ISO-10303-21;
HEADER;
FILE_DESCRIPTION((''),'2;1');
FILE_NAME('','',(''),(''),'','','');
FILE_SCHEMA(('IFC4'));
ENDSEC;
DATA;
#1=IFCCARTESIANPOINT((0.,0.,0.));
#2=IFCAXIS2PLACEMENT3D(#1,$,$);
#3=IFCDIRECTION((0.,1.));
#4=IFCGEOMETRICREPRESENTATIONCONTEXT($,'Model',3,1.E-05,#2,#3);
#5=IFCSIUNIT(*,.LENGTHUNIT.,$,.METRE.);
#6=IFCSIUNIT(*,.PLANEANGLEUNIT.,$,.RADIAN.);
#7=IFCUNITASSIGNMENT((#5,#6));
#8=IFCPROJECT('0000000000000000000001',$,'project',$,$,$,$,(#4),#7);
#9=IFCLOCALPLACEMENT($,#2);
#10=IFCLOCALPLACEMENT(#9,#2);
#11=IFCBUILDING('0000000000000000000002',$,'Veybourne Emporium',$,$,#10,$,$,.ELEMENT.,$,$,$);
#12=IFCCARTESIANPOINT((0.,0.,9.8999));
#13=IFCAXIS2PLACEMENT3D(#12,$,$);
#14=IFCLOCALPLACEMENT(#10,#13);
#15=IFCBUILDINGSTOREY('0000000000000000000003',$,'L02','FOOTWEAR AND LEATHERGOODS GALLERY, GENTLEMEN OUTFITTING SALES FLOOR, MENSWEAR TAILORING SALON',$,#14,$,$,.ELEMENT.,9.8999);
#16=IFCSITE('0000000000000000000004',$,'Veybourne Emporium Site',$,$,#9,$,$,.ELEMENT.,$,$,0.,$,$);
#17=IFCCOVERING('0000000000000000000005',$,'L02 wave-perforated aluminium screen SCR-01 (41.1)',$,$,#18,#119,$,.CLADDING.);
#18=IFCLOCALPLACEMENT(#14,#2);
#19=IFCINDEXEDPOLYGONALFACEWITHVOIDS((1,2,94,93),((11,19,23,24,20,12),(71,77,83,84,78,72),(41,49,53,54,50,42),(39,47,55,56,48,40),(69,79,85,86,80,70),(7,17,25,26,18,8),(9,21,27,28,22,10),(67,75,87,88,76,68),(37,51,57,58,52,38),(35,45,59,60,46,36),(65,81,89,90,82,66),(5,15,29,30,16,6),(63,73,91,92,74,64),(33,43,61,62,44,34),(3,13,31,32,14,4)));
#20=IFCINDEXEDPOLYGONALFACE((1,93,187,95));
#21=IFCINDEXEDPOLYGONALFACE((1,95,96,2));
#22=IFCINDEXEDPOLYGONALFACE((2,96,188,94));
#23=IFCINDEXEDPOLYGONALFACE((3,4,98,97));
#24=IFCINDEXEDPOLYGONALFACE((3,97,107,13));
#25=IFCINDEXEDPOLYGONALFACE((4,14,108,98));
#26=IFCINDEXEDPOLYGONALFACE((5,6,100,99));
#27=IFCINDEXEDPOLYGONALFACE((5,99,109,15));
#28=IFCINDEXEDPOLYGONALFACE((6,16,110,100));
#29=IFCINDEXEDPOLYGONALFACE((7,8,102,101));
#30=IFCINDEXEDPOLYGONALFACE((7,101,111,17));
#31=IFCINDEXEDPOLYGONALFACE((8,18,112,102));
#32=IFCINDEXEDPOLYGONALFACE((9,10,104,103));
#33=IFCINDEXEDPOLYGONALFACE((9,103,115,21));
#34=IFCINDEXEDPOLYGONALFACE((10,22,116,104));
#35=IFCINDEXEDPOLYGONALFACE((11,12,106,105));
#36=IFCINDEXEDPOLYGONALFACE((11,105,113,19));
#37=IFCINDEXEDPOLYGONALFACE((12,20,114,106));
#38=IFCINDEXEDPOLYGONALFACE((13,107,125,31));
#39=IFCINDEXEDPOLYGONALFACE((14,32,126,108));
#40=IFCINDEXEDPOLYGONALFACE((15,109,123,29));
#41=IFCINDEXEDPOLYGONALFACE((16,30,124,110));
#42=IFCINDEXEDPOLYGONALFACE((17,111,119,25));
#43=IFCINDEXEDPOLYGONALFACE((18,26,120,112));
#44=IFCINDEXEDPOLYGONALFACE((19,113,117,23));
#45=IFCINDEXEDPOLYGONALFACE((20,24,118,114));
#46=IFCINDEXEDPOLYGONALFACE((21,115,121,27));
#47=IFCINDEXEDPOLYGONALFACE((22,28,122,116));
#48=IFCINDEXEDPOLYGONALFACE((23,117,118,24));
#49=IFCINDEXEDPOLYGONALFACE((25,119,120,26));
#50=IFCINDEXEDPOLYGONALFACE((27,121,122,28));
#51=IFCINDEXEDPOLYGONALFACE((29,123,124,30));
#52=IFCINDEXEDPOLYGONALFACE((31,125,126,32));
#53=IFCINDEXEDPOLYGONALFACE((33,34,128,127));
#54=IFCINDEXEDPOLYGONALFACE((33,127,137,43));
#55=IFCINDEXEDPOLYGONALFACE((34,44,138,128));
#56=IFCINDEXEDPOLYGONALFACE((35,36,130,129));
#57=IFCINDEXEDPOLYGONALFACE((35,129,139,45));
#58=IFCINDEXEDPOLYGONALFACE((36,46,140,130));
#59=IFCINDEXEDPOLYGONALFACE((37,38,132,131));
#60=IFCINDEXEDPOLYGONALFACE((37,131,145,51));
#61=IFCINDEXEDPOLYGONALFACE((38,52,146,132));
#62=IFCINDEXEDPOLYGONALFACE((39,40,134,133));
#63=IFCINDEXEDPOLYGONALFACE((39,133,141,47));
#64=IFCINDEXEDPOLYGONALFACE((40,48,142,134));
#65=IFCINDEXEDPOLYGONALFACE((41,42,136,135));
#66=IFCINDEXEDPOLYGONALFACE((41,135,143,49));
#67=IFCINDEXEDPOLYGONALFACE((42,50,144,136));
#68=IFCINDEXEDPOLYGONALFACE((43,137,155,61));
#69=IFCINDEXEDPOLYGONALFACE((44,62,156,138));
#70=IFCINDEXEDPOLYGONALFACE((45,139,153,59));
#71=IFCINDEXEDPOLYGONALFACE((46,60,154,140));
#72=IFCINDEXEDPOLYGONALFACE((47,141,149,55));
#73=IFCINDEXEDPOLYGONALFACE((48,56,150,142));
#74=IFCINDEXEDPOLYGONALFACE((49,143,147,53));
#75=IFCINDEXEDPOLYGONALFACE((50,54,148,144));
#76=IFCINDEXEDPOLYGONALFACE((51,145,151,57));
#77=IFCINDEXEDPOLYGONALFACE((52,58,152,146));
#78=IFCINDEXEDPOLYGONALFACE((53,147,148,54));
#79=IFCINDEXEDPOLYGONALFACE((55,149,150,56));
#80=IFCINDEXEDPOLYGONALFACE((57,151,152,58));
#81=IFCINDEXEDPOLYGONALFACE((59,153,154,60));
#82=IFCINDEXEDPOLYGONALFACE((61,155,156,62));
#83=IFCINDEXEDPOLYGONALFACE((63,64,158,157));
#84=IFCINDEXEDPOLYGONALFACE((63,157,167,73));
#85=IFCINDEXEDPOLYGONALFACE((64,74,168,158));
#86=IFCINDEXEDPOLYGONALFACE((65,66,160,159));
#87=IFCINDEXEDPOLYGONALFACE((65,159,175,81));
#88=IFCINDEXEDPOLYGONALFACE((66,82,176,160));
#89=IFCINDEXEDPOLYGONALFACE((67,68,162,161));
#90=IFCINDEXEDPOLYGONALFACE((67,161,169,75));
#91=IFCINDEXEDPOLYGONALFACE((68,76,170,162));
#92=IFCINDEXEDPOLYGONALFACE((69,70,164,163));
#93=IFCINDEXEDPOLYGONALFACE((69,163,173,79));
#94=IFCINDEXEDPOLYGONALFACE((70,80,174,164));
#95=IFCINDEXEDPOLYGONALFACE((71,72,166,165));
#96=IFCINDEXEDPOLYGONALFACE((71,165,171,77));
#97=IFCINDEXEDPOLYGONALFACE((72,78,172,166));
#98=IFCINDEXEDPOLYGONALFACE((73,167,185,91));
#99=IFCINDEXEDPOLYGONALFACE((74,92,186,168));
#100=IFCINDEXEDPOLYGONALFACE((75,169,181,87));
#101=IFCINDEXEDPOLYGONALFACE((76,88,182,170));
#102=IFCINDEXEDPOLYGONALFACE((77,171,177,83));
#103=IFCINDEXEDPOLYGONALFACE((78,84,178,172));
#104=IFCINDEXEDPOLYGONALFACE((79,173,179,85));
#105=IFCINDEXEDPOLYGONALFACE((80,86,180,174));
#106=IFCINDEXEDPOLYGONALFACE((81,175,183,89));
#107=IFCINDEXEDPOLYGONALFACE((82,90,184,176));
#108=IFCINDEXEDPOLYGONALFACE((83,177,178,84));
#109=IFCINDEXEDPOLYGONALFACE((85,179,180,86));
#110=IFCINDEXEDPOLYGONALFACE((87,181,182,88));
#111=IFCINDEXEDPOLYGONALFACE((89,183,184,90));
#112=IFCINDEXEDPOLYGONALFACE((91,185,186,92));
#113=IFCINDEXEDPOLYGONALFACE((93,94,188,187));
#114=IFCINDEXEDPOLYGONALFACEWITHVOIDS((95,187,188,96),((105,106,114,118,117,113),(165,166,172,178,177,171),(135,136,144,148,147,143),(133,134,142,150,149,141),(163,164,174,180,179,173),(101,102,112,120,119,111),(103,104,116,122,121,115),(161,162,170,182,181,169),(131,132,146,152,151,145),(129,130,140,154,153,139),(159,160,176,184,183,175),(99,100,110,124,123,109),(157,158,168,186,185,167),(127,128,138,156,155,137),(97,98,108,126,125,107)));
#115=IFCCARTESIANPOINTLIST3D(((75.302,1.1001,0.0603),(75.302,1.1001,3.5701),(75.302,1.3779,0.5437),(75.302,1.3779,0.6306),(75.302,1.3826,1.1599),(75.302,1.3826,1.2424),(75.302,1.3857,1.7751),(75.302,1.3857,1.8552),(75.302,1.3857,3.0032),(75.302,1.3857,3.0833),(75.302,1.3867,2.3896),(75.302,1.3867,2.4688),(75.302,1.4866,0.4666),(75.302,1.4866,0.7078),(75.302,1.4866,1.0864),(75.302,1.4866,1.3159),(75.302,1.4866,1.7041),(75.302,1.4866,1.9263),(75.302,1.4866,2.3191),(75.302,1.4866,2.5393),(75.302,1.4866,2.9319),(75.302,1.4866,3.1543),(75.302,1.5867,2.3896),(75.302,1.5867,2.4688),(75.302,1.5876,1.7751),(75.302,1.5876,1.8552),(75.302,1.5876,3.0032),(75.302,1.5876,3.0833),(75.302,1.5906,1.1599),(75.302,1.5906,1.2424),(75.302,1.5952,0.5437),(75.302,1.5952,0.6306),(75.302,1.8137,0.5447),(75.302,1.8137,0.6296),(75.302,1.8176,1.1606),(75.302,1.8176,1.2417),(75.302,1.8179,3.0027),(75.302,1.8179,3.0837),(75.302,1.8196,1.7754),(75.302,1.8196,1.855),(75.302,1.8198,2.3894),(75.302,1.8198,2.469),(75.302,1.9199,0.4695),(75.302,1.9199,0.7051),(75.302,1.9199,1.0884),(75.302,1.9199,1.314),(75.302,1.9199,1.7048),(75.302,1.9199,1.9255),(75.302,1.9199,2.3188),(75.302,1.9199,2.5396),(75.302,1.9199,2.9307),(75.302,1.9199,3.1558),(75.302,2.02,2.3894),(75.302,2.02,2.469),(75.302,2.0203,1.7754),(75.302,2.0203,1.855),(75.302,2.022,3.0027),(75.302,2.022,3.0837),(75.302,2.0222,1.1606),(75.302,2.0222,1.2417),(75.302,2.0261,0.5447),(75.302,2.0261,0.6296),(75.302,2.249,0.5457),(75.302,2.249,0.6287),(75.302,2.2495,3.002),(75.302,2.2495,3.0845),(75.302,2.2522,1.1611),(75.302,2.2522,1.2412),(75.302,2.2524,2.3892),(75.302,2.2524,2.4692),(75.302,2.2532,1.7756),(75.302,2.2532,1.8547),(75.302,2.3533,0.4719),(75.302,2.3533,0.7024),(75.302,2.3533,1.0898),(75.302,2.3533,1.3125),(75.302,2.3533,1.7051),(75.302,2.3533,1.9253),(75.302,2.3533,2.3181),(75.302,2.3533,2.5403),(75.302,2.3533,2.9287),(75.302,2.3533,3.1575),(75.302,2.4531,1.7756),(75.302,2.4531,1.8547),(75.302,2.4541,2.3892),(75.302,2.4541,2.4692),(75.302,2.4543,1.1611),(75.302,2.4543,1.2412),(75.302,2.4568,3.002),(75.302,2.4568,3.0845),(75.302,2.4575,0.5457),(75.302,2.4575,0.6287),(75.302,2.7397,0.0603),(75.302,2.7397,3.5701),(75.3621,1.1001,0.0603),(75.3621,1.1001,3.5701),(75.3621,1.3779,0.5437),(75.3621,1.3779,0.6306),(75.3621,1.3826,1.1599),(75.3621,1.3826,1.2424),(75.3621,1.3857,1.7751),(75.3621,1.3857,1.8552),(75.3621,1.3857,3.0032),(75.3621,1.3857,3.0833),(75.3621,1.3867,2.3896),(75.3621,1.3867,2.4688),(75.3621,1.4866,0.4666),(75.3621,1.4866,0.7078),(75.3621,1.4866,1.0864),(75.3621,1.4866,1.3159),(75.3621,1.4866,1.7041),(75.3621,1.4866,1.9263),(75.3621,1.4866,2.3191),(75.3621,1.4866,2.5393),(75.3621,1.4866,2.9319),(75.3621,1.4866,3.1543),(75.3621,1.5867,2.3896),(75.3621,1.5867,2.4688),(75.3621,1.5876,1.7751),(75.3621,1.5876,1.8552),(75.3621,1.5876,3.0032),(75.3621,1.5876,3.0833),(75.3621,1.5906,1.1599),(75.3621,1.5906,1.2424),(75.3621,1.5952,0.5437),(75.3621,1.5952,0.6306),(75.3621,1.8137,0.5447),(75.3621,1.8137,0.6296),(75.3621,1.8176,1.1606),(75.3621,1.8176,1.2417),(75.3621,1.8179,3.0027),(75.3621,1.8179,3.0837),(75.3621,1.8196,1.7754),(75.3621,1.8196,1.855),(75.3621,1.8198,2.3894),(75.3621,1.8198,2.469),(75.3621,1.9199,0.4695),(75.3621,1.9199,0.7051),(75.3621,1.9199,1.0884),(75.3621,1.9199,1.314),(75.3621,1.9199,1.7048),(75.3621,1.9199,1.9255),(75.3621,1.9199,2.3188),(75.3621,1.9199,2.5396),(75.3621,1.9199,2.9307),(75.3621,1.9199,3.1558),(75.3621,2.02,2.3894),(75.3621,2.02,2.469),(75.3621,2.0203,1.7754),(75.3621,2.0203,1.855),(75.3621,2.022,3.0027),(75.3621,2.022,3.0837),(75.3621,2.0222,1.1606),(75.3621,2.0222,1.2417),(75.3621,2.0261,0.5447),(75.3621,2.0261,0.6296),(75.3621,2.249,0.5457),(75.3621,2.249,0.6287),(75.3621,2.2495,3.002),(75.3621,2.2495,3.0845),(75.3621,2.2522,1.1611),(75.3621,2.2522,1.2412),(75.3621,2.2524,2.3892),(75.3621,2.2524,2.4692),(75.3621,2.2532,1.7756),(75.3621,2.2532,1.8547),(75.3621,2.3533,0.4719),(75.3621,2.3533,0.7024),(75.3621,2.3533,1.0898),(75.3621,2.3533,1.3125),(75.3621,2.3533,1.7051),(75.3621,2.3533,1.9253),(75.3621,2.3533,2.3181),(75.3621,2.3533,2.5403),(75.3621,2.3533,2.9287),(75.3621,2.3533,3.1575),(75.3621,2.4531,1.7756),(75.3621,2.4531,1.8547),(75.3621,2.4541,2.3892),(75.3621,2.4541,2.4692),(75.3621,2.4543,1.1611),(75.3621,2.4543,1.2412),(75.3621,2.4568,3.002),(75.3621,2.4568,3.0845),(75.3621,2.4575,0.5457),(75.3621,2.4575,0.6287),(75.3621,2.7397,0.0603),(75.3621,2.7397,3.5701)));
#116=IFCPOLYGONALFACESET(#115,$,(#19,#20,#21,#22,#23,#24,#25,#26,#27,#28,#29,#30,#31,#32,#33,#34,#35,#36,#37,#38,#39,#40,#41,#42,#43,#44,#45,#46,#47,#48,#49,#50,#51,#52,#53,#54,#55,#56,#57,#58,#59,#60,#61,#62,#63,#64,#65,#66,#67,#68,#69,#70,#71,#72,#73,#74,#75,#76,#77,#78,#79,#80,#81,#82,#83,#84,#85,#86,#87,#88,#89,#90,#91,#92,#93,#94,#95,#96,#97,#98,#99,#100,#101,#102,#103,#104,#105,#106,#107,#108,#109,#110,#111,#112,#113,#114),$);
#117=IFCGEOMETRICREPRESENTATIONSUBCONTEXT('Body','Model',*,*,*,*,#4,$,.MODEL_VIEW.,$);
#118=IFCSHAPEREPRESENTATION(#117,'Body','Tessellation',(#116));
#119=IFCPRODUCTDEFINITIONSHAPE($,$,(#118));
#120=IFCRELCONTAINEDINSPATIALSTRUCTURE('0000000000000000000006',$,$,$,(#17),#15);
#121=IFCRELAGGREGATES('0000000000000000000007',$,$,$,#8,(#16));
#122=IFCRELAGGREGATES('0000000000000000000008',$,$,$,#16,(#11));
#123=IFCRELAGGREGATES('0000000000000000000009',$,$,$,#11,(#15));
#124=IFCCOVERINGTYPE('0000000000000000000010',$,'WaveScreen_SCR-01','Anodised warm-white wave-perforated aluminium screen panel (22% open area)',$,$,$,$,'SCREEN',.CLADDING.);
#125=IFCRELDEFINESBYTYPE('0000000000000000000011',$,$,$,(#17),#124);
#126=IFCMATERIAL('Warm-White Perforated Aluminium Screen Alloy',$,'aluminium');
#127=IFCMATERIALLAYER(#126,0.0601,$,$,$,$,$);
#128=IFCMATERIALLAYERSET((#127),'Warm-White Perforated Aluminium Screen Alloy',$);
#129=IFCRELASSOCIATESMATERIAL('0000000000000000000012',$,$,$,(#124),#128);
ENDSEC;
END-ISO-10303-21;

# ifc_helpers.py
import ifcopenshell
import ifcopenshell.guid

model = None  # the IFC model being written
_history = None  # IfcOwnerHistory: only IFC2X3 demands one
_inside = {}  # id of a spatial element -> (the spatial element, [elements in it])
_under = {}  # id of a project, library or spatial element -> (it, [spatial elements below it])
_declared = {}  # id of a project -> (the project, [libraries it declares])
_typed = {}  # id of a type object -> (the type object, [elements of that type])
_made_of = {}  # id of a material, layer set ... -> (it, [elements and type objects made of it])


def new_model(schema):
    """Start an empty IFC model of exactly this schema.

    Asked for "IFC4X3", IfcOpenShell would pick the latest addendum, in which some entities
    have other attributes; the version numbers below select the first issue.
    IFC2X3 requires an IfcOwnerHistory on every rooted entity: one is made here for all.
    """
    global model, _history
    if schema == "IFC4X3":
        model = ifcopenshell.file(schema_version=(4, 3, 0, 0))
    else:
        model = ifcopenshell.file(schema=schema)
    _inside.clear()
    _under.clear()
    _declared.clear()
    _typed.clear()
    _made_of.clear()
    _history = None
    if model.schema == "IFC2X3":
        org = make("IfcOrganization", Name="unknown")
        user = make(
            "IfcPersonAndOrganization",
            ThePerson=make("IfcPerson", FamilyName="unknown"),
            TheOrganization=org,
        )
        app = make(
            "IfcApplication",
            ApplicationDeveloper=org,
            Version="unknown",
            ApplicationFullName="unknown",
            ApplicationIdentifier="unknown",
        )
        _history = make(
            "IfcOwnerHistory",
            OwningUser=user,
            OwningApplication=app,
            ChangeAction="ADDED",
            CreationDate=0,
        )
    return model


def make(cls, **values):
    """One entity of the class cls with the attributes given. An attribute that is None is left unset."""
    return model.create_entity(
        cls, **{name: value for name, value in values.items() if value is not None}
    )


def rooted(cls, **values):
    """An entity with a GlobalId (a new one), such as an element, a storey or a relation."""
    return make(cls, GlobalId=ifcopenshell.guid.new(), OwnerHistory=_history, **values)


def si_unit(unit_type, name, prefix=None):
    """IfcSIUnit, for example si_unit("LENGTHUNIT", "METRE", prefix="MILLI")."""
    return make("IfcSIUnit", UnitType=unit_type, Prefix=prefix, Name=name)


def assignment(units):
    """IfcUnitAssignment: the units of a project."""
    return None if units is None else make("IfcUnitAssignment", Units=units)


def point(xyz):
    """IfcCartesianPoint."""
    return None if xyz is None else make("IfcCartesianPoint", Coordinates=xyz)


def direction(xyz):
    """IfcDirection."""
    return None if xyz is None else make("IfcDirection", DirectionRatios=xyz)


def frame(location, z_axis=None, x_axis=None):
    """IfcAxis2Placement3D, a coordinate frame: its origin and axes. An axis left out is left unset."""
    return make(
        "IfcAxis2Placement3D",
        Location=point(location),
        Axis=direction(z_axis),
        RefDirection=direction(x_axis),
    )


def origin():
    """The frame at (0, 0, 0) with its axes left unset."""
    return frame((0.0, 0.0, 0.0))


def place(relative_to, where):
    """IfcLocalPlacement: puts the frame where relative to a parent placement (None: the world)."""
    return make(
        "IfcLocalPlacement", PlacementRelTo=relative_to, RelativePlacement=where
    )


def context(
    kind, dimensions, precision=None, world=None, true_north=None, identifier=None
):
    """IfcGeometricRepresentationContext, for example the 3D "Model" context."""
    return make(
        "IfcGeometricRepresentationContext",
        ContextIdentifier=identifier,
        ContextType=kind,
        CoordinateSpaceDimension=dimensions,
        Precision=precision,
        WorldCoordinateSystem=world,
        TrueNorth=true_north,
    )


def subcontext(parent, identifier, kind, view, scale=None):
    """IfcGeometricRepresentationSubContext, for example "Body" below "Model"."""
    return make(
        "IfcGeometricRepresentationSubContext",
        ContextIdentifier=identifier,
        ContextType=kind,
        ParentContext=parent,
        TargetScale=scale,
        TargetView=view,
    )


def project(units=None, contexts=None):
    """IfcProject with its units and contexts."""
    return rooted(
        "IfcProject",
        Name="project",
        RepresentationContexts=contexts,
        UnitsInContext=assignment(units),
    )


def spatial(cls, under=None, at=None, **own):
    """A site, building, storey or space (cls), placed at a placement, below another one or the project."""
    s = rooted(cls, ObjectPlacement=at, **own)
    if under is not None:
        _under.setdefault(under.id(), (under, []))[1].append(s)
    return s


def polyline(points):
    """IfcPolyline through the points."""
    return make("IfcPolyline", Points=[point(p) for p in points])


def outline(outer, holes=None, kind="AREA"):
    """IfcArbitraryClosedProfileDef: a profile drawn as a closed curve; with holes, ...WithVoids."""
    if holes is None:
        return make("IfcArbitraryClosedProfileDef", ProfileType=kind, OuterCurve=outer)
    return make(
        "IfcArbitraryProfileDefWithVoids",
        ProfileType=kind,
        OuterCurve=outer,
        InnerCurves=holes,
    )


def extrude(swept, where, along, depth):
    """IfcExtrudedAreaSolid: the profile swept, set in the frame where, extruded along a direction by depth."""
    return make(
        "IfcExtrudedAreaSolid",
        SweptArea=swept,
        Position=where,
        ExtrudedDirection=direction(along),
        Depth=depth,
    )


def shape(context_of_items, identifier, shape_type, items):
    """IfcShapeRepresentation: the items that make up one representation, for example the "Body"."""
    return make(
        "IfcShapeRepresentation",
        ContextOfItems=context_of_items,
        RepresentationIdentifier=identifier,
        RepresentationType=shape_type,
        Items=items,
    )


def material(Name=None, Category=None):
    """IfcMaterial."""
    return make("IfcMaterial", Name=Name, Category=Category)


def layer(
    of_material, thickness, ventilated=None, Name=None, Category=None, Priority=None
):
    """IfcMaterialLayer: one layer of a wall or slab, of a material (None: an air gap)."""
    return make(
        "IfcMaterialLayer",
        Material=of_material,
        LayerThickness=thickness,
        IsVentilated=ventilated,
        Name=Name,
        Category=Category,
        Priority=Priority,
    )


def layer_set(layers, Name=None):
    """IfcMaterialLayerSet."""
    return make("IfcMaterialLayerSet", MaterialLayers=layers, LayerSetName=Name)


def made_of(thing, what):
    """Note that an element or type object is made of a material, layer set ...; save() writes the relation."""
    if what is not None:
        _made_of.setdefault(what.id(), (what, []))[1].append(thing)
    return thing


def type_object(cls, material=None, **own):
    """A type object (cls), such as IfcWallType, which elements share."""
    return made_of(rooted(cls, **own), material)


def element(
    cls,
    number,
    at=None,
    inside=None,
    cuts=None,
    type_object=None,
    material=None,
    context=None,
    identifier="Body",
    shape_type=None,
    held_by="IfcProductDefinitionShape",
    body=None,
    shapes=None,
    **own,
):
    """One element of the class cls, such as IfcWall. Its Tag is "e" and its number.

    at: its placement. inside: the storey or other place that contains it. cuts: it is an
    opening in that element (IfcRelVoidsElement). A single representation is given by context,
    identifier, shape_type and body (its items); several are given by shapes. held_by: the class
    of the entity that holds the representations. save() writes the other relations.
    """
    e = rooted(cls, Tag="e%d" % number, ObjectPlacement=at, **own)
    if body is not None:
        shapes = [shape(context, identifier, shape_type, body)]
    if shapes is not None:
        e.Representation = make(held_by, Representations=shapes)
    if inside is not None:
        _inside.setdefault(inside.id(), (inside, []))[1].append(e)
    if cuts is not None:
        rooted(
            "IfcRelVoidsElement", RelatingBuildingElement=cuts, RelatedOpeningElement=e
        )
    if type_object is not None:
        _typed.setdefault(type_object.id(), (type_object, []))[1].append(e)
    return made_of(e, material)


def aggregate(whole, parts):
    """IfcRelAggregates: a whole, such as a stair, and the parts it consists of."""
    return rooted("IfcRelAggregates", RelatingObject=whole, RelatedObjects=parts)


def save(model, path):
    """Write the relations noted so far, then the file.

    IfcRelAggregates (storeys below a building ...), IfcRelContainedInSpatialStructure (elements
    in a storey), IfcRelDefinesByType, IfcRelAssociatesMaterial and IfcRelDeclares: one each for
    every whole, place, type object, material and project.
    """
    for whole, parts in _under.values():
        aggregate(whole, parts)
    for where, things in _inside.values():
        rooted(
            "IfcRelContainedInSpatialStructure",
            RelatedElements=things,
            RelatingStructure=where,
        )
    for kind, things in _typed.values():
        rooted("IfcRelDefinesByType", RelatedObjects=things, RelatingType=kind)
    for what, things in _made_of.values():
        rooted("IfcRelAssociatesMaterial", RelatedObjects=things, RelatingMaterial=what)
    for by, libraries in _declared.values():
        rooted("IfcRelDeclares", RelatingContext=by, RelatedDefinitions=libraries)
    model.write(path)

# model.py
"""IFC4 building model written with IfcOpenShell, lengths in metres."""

from ifc_helpers import new_model, si_unit, direction, frame, origin, place, context, subcontext, project, spatial, polyline, outline, extrude, material, layer, layer_set, type_object, element, save


model = new_model("IFC4")

# Units and contexts
model_context = context("Model", 3, precision=1e-05, world=origin(), true_north=direction((0.0, 1.0)))
body_context = subcontext(model_context, "Body", "Model", "MODEL_VIEW")
ifc_project = project(units=[si_unit("LENGTHUNIT", "METRE"), si_unit("PLANEANGLEUNIT", "RADIAN")], contexts=[model_context])

# Site, building, storey
site_placement = place(None, origin())
site = spatial("IfcSite", under=ifc_project, at=site_placement, Name="Veybourne Emporium Site", CompositionType="ELEMENT", RefElevation=0.0)
building_placement = place(site_placement, origin())
building = spatial("IfcBuilding", under=site, at=building_placement, Name="Veybourne Emporium", CompositionType="ELEMENT")
storey_placement = place(building_placement, frame((0.0, 0.0, 9.8999)))
storey = spatial("IfcBuildingStorey", under=building, at=storey_placement, Name="L02", Description="FOOTWEAR AND LEATHERGOODS GALLERY, GENTLEMEN OUTFITTING SALES FLOOR, MENSWEAR TAILORING SALON", CompositionType="ELEMENT", Elevation=9.8999)

# Covering
ifc_material_1 = material(Name="Warm-White Perforated Aluminium Screen Alloy", Category="aluminium")
ifc_layer_1 = layer(ifc_material_1, 0.0601)
ifc_layer_set_1 = layer_set([ifc_layer_1], Name="Warm-White Perforated Aluminium Screen Alloy")
covering_type_1 = type_object("IfcCoveringType", Name="WaveScreen_SCR-01", Description="Anodised warm-white wave-perforated aluminium screen panel (22% open area)", ElementType="SCREEN", PredefinedType="CLADDING", material=ifc_layer_set_1)
covering_1_placement = place(storey_placement, frame((75.302, 1.9199, 1.8152), z_axis=(1.0, 0.0, 0.0), x_axis=(0.0, 1.0, 0.0)))
element("IfcCovering", 1, at=covering_1_placement, inside=storey, type_object=covering_type_1, Name="L02 wave-perforated aluminium screen SCR-01 (41.1)", PredefinedType="CLADDING", context=body_context, shape_type="SweptSolid", body=[
    extrude(outline(polyline([(-0.8198, -1.7549), (0.8198, -1.7549), (0.8198, 1.7549), (-0.8198, 1.7549), (-0.8198, -1.7549)]), holes=[polyline([(-0.4333, -1.1074), (-0.3247, -1.1846), (-0.3247, -1.2715), (-0.4333, -1.3486), (-0.542, -1.2715), (-0.542, -1.1846), (-0.4333, -1.1074)]), polyline([(-0.4333, -0.4993), (-0.3293, -0.5728), (-0.3293, -0.6553), (-0.4333, -0.7288), (-0.5374, -0.6553), (-0.5374, -0.5728), (-0.4333, -0.4993)]), polyline([(-0.4333, 0.1111), (-0.3323, 0.04), (-0.3323, -0.04), (-0.4333, -0.1111), (-0.5342, -0.04), (-0.5342, 0.04), (-0.4333, 0.1111)]), polyline([(-0.4333, 0.7241), (-0.3333, 0.6536), (-0.3333, 0.5745), (-0.4333, 0.5039), (-0.5332, 0.5745), (-0.5332, 0.6536), (-0.4333, 0.7241)]), polyline([(-0.4333, 1.3391), (-0.3323, 1.2681), (-0.3323, 1.188), (-0.4333, 1.1167), (-0.5342, 1.188), (-0.5342, 1.2681), (-0.4333, 1.3391)]), polyline([(0.0, -1.1101), (0.1062, -1.1855), (0.1062, -1.2705), (0.0, -1.3457), (-0.1062, -1.2705), (-0.1062, -1.1855), (0.0, -1.1101)]), polyline([(0.0, -0.5012), (0.1023, -0.5735), (0.1023, -0.6545), (0.0, -0.7268), (-0.1023, -0.6545), (-0.1023, -0.5735), (0.0, -0.5012)]), polyline([(0.0, 0.1104), (0.1003, 0.0398), (0.1003, -0.0398), (0.0, -0.1104), (-0.1003, -0.0398), (-0.1003, 0.0398), (0.0, 0.1104)]), polyline([(0.0, 0.7244), (0.1001, 0.6538), (0.1001, 0.5742), (0.0, 0.5037), (-0.1001, 0.5742), (-0.1001, 0.6538), (0.0, 0.7244)]), polyline([(0.0, 1.3406), (0.1021, 1.2686), (0.1021, 1.1875), (0.0, 1.1155), (-0.1021, 1.1875), (-0.1021, 1.2686), (0.0, 1.3406)]), polyline([(0.4333, -1.1128), (0.5376, -1.1865), (0.5376, -1.2695), (0.4333, -1.3433), (0.3291, -1.2695), (0.3291, -1.1865), (0.4333, -1.1128)]), polyline([(0.4333, -0.5027), (0.5344, -0.574), (0.5344, -0.6541), (0.4333, -0.7253), (0.3323, -0.6541), (0.3323, -0.574), (0.4333, -0.5027)]), polyline([(0.4333, 0.1101), (0.5332, 0.0396), (0.5332, -0.0396), (0.4333, -0.1101), (0.3333, -0.0396), (0.3333, 0.0396), (0.4333, 0.1101)]), polyline([(0.4333, 0.7251), (0.5342, 0.6541), (0.5342, 0.574), (0.4333, 0.5029), (0.3325, 0.574), (0.3325, 0.6541), (0.4333, 0.7251)]), polyline([(0.4333, 1.3423), (0.5369, 1.2693), (0.5369, 1.1868), (0.4333, 1.1135), (0.3296, 1.1868), (0.3296, 1.2693), (0.4333, 1.3423)])]), origin(), (0.0, 0.0, 1.0), 0.0601),
])

save(model, "model.ifc")
